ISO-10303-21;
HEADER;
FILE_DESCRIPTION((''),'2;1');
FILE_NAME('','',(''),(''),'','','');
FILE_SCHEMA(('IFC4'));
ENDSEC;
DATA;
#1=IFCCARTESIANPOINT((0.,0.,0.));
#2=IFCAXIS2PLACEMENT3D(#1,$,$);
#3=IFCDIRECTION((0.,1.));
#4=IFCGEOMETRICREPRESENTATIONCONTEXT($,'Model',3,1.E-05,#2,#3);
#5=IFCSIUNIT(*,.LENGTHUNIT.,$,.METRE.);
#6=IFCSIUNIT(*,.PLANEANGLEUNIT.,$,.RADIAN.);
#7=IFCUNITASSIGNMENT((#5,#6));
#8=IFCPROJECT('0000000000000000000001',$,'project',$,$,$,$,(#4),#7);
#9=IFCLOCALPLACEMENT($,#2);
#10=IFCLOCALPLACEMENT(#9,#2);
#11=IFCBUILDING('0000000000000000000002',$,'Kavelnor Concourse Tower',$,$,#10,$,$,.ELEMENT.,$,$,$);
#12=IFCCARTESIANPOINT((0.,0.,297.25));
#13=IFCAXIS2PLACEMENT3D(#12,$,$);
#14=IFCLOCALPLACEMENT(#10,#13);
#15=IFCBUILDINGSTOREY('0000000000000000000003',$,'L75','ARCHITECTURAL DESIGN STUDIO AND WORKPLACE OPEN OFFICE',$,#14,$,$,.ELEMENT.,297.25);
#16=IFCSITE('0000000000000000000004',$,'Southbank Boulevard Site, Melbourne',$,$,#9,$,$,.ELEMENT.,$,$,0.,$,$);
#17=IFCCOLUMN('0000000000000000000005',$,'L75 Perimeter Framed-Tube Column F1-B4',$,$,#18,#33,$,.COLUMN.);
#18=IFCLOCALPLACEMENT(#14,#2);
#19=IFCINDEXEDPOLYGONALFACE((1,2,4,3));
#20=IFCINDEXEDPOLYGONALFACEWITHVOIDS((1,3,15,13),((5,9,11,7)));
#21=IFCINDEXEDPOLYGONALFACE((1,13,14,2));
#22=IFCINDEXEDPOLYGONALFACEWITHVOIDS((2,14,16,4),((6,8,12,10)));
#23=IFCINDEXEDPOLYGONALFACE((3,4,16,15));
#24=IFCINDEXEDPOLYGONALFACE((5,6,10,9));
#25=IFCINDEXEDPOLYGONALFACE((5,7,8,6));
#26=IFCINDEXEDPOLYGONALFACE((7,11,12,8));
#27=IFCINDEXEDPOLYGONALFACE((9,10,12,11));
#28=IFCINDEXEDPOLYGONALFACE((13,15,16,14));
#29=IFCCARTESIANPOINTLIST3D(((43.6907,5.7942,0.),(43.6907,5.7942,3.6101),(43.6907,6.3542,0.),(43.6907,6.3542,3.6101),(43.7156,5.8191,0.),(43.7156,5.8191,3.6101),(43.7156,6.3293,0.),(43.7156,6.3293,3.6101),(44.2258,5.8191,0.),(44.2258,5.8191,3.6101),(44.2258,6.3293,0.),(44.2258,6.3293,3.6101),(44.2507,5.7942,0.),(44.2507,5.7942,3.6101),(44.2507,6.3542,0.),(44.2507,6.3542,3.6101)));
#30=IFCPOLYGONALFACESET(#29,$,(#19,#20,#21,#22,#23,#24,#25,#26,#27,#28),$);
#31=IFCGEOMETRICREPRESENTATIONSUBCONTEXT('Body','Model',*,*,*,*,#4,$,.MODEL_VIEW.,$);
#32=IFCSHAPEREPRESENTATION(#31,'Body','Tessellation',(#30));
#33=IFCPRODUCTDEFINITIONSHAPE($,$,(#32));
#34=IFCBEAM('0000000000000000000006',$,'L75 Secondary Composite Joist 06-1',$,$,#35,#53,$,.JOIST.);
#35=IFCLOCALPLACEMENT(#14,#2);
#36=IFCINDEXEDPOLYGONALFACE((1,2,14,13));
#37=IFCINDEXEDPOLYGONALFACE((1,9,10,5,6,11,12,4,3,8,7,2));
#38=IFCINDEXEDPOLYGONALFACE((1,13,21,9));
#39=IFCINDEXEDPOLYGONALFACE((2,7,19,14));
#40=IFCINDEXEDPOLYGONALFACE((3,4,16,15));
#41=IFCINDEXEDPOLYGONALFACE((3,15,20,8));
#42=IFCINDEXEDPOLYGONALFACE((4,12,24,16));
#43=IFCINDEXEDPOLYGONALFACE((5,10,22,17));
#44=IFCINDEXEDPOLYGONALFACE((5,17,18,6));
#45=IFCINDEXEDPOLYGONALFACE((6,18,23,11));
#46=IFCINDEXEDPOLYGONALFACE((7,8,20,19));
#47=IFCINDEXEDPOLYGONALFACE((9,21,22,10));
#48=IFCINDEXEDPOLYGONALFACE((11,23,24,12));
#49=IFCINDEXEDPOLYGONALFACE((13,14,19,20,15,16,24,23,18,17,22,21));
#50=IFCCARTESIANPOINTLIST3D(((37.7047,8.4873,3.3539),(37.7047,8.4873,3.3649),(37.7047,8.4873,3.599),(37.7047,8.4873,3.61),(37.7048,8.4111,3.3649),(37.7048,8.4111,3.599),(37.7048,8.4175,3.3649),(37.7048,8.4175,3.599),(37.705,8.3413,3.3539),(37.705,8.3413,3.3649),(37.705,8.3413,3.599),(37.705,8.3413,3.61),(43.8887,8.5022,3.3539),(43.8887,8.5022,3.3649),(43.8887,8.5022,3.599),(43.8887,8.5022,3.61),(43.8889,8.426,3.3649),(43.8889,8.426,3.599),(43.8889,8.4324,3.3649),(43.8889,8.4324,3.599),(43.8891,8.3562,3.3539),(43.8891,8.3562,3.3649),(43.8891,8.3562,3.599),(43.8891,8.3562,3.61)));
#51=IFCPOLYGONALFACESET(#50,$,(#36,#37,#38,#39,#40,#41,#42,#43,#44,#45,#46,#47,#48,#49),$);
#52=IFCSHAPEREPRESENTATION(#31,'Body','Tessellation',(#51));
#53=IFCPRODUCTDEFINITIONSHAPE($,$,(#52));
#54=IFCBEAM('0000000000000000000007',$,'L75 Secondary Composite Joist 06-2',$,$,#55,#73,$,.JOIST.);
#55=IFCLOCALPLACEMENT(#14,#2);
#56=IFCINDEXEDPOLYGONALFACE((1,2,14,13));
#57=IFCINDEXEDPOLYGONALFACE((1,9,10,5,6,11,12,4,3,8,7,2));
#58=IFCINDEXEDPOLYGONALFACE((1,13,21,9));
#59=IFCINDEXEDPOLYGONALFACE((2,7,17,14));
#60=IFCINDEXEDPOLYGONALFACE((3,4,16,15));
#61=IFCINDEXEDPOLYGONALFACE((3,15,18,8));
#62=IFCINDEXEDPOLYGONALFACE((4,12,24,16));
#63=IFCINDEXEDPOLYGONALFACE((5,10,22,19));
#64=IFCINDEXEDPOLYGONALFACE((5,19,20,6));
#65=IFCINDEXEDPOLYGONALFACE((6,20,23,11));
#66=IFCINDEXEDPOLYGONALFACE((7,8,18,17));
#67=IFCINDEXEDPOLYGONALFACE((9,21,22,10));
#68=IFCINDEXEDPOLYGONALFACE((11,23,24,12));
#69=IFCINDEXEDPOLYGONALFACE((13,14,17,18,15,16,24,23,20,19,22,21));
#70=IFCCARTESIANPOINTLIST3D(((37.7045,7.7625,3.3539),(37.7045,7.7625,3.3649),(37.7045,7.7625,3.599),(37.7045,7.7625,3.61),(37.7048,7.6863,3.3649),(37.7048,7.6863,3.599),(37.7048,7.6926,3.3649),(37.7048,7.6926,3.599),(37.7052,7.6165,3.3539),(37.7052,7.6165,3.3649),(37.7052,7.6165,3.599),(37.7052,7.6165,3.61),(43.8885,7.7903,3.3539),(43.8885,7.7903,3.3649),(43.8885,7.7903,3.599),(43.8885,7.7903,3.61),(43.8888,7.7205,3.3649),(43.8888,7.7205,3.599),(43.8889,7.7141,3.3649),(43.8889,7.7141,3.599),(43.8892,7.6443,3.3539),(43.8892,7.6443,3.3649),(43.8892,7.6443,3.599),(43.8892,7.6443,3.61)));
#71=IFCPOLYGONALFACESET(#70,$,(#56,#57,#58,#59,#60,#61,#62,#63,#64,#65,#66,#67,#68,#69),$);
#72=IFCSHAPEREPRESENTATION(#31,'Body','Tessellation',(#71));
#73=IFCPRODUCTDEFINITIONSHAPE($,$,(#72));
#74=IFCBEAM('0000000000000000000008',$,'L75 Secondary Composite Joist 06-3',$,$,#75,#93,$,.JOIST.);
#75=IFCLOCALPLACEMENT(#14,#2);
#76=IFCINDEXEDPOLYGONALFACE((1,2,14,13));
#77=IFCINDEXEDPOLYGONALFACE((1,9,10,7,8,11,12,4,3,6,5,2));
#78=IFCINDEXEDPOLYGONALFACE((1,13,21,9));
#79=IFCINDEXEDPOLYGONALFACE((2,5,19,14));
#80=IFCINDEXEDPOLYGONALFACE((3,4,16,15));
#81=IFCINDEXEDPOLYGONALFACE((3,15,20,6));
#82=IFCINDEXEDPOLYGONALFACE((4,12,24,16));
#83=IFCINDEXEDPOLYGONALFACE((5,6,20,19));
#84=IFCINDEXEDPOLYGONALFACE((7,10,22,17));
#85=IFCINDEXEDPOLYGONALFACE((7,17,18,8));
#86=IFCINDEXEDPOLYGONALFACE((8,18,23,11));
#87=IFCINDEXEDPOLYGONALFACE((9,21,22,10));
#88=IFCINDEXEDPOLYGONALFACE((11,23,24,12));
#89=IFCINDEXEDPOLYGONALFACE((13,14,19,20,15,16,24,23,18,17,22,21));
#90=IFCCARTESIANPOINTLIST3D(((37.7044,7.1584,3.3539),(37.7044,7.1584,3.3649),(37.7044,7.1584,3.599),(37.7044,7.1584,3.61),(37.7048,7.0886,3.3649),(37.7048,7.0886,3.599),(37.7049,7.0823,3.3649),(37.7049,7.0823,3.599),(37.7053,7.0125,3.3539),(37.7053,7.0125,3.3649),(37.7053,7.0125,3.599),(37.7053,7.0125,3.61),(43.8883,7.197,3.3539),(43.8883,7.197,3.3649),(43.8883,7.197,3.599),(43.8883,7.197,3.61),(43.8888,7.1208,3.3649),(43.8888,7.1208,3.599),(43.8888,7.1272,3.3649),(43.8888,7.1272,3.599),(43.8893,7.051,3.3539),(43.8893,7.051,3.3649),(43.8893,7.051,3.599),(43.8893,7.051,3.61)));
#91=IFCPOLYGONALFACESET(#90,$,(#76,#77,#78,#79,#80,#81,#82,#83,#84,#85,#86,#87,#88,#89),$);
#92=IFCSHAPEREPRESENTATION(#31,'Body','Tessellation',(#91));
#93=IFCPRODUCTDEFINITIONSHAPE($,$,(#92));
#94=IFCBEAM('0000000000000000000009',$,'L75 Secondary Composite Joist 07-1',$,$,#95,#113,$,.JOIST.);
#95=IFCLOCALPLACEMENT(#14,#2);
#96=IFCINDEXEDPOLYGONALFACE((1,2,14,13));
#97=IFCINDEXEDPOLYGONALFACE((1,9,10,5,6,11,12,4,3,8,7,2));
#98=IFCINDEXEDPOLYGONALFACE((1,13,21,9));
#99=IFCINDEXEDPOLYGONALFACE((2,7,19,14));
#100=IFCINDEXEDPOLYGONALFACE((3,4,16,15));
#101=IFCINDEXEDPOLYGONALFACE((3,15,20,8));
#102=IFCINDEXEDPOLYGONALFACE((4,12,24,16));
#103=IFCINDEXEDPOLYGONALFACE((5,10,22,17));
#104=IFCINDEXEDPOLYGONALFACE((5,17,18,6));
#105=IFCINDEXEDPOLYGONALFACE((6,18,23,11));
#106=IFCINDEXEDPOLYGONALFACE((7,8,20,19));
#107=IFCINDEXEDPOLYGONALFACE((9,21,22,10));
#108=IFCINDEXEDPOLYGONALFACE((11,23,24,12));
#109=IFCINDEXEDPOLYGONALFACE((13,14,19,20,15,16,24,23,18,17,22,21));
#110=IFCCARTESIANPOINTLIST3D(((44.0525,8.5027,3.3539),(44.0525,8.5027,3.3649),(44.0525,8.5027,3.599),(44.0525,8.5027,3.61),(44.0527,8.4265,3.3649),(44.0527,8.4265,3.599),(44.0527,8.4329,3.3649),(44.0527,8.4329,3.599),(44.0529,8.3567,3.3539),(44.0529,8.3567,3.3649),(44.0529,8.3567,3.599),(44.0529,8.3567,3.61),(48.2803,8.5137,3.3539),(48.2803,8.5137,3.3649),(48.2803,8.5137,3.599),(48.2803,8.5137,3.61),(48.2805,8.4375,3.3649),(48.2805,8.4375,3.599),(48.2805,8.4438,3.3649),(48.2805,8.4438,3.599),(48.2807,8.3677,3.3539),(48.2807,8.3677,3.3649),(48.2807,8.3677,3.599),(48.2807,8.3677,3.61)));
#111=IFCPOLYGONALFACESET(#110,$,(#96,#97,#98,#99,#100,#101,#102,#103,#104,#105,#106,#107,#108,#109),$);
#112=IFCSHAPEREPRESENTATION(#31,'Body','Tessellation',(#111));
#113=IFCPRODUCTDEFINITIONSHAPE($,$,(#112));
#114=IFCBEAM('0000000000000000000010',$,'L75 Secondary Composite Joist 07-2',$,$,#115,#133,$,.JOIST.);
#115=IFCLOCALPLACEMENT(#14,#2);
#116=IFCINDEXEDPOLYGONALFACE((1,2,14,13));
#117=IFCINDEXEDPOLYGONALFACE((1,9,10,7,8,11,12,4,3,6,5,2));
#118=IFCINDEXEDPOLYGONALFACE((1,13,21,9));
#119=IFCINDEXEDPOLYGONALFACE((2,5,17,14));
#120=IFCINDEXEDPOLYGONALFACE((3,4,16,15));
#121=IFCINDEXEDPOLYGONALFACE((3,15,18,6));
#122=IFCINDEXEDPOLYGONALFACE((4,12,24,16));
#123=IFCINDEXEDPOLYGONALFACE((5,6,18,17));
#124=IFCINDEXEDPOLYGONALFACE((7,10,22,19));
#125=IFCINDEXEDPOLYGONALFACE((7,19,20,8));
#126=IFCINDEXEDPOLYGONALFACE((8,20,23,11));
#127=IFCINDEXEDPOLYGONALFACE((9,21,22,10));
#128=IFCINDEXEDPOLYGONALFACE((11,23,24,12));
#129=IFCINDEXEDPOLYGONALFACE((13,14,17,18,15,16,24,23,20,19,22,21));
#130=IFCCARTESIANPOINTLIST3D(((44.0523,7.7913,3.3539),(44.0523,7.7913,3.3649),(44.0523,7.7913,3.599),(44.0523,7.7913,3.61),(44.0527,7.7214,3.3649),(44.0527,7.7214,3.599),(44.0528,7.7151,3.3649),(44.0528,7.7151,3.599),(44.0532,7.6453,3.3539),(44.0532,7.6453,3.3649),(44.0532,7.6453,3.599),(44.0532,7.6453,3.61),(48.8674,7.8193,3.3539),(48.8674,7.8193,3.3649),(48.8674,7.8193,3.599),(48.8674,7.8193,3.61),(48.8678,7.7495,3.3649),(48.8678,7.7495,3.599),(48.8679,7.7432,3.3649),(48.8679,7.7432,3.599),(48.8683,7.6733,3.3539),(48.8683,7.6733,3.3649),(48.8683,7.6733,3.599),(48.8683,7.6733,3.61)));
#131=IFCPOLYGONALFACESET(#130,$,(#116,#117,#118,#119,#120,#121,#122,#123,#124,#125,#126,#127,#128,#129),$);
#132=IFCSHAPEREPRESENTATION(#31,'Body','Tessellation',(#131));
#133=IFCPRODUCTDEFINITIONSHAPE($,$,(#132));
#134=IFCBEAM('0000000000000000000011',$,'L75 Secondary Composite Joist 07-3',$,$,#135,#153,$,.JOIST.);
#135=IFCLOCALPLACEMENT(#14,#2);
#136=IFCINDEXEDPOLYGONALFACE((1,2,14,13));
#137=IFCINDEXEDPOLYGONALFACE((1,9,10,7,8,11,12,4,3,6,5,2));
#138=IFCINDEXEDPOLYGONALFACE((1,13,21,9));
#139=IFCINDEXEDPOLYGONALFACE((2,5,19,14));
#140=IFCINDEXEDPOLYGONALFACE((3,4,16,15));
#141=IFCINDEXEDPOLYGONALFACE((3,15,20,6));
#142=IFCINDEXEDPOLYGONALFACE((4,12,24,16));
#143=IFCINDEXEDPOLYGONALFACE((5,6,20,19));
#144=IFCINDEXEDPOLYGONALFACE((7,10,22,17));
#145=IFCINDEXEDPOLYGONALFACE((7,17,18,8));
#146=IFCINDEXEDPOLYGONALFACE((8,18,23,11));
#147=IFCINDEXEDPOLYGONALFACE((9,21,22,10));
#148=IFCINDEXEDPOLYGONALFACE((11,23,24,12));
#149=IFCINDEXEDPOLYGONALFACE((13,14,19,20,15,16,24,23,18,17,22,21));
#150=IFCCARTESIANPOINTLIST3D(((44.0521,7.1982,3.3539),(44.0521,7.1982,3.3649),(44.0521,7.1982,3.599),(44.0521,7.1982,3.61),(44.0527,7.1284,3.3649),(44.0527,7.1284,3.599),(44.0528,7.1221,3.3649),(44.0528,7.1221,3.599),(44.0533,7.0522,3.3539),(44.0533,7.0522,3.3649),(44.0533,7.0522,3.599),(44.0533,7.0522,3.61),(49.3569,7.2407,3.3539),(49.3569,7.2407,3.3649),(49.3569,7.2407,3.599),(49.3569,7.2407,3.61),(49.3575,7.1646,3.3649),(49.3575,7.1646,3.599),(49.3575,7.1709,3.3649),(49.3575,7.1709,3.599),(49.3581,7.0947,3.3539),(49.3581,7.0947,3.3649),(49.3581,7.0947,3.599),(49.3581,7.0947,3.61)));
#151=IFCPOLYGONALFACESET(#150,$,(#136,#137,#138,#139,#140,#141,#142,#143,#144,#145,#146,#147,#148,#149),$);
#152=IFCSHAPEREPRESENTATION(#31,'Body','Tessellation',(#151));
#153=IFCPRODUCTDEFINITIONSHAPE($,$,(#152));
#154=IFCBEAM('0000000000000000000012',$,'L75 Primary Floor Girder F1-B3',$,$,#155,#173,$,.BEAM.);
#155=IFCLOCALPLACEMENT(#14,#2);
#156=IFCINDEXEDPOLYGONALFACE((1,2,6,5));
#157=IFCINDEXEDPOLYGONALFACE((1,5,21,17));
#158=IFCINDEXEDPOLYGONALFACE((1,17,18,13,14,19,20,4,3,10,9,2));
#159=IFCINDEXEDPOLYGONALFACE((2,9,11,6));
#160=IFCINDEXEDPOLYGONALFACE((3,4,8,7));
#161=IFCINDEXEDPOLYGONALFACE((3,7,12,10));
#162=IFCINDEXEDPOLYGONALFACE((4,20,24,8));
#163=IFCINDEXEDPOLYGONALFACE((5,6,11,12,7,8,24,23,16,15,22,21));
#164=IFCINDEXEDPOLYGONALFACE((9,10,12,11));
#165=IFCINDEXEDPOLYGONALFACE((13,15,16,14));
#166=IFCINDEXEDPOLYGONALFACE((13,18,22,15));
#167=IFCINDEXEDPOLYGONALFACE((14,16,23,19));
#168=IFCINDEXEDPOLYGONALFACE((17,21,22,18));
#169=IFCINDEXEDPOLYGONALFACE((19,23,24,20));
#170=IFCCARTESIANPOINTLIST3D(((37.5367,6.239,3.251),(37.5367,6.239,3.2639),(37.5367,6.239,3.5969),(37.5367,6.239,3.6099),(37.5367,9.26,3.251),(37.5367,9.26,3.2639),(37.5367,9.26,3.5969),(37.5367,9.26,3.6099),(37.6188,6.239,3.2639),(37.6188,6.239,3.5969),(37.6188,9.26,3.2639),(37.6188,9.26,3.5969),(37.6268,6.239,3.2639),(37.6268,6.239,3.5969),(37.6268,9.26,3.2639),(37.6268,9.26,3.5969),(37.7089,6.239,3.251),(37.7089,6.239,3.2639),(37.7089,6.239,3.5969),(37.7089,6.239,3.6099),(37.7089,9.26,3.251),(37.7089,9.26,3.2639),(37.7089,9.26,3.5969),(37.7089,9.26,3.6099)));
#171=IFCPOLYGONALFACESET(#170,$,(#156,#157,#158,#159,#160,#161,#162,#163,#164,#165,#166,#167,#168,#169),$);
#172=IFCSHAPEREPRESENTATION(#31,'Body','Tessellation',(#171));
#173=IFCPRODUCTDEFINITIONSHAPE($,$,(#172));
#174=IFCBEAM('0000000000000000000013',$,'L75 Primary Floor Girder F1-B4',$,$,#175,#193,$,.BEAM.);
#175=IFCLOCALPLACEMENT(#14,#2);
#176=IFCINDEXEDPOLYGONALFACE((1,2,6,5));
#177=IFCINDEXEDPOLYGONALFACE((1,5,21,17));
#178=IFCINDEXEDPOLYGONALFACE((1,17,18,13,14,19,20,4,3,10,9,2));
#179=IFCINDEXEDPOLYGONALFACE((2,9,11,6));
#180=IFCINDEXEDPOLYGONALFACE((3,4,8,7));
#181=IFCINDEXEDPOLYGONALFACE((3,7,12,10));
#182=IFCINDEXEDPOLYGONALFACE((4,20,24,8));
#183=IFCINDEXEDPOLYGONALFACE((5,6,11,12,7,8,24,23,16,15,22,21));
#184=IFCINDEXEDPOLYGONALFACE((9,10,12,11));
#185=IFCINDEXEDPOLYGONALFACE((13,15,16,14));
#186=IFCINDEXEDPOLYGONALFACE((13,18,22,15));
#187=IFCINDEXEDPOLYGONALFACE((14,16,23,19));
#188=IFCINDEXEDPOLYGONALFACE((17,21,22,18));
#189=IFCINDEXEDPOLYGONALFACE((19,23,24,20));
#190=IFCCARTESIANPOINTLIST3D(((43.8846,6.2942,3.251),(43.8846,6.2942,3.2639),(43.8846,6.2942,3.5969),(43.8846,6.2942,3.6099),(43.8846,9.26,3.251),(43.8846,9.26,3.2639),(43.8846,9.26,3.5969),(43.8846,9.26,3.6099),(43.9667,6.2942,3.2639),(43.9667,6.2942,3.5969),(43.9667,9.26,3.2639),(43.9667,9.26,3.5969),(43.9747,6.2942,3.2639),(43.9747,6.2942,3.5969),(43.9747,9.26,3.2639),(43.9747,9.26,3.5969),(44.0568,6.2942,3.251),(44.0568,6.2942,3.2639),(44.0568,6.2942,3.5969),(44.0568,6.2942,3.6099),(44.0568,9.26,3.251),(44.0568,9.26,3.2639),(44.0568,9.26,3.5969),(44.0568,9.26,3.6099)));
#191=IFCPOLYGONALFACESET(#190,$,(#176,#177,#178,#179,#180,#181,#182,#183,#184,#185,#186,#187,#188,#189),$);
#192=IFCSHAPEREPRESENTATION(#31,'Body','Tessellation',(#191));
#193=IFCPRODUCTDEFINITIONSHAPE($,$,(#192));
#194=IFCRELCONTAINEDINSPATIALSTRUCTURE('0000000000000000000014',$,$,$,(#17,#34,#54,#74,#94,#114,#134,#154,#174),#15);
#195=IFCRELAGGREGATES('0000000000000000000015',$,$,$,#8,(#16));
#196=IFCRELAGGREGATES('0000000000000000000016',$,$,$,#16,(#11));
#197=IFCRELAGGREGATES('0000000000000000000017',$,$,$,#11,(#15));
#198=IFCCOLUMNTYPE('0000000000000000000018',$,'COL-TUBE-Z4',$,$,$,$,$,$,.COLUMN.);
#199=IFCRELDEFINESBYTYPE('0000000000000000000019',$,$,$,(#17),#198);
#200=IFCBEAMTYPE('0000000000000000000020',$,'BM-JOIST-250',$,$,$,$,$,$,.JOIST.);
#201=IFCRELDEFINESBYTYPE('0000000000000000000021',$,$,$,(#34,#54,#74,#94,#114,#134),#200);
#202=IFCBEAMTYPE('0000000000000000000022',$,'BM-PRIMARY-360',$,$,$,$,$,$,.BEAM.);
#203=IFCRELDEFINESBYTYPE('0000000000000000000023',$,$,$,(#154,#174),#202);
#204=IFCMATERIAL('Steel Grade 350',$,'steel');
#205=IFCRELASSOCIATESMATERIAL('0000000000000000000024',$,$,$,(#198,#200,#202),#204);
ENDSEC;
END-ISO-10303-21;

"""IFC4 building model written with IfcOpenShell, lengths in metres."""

from ifc_helpers import new_model, si_unit, direction, frame, origin, origin_2d, place, context, subcontext, project, spatial, hollow_rectangle, i_section, extrude, material, material_profile, profile_set, type_object, element, save


model = new_model("IFC4")

# Units and contexts
model_context = context("Model", 3, precision=1e-05, world=origin(), true_north=direction((0.0, 1.0)))
body_context = subcontext(model_context, "Body", "Model", "MODEL_VIEW")
ifc_project = project(units=[si_unit("LENGTHUNIT", "METRE"), si_unit("PLANEANGLEUNIT", "RADIAN")], contexts=[model_context])

# Site, building, storey
site_placement = place(None, origin())
site = spatial("IfcSite", under=ifc_project, at=site_placement, Name="Southbank Boulevard Site, Melbourne", CompositionType="ELEMENT", RefElevation=0.0)
building_placement = place(site_placement, origin())
building = spatial("IfcBuilding", under=site, at=building_placement, Name="Kavelnor Concourse Tower", CompositionType="ELEMENT")
storey_placement = place(building_placement, frame((0.0, 0.0, 297.25)))
storey = spatial("IfcBuildingStorey", under=building, at=storey_placement, Name="L75", Description="ARCHITECTURAL DESIGN STUDIO AND WORKPLACE OPEN OFFICE", CompositionType="ELEMENT", Elevation=297.25)

# Column
ifc_material_1 = material(Name="Steel Grade 350", Category="steel")
ifc_material_profile_1 = material_profile(ifc_material_1, hollow_rectangle(XDim=0.5601, YDim=0.5601, WallThickness=0.0249, at=origin_2d()), Name="SHS 560x560x25")
ifc_profile_set_1 = profile_set([ifc_material_profile_1], Name="Steel Grade 350")
column_type = type_object("IfcColumnType", Name="COL-TUBE-Z4", PredefinedType="COLUMN", material=ifc_profile_set_1)
column_placement = place(storey_placement, frame((43.9707, 6.0742, 0.0), z_axis=(0.0, 0.0, 1.0), x_axis=(1.0, 0.0, 0.0)))
element("IfcColumn", 1, at=column_placement, inside=storey, type_object=column_type, Name="L75 Perimeter Framed-Tube Column F1-B4", PredefinedType="COLUMN", context=body_context, shape_type="SweptSolid", body=[
    extrude(hollow_rectangle(XDim=0.5601, YDim=0.5601, WallThickness=0.0249, at=origin_2d()), origin(), (0.0, 0.0, 1.0), 3.6101),
])

# Beams
ifc_material_profile_2 = material_profile(ifc_material_1, i_section(OverallWidth=0.146, OverallDepth=0.2561, WebThickness=0.0063, FlangeThickness=0.011, at=origin_2d()), Name="250UB37")
ifc_profile_set_2 = profile_set([ifc_material_profile_2], Name="Steel Grade 350")
beam_type_1 = type_object("IfcBeamType", Name="BM-JOIST-250", PredefinedType="JOIST", material=ifc_profile_set_2)
for number, where, z_axis, x_axis, name in (
    (2, (37.7048, 8.4143, 3.4819), (0.999997, 0.002408, 0.0), (-0.002408, 0.999997, 0.0), "L75 Secondary Composite Joist 06-1"),
    (3, (37.7048, 7.6895, 3.4819), (0.99999, 0.004501, 0.0), (-0.004501, 0.99999, 0.0), "L75 Secondary Composite Joist 06-2"),
    (4, (37.7048, 7.0854, 3.4819), (0.999981, 0.006238, 0.0), (-0.006238, 0.999981, 0.0), "L75 Secondary Composite Joist 06-3"),
):
    element("IfcBeam", number, at=place(storey_placement, frame(where, z_axis=z_axis, x_axis=x_axis)), inside=storey, type_object=beam_type_1, Name=name, PredefinedType="JOIST", context=body_context, shape_type="SweptSolid", body=[
        extrude(i_section(OverallWidth=0.146, OverallDepth=0.2561, WebThickness=0.0063, FlangeThickness=0.011, at=origin_2d()), origin(), (0.0, 0.0, 1.0), 6.1841),
    ])
beam_1_placement = place(storey_placement, frame((44.0527, 8.4297, 3.4819), z_axis=(0.999997, 0.002599, 0.0), x_axis=(-0.002599, 0.999997, 0.0)))
element("IfcBeam", 5, at=beam_1_placement, inside=storey, type_object=beam_type_1, Name="L75 Secondary Composite Joist 07-1", PredefinedType="JOIST", context=body_context, shape_type="SweptSolid", body=[
    extrude(i_section(OverallWidth=0.146, OverallDepth=0.2561, WebThickness=0.0063, FlangeThickness=0.011, at=origin_2d()), origin(), (0.0, 0.0, 1.0), 4.2278),
])
beam_2_placement = place(storey_placement, frame((44.0527, 7.7183, 3.4819), z_axis=(0.999983, 0.005831, 0.0), x_axis=(-0.005831, 0.999983, 0.0)))
element("IfcBeam", 6, at=beam_2_placement, inside=storey, type_object=beam_type_1, Name="L75 Secondary Composite Joist 07-2", PredefinedType="JOIST", context=body_context, shape_type="SweptSolid", body=[
    extrude(i_section(OverallWidth=0.146, OverallDepth=0.2561, WebThickness=0.0063, FlangeThickness=0.011, at=origin_2d()), origin(), (0.0, 0.0, 1.0), 4.8152),
])
beam_3_placement = place(storey_placement, frame((44.0527, 7.1252, 3.4819), z_axis=(0.999968, 0.008008, 0.0), x_axis=(-0.008008, 0.999968, 0.0)))
element("IfcBeam", 7, at=beam_3_placement, inside=storey, type_object=beam_type_1, Name="L75 Secondary Composite Joist 07-3", PredefinedType="JOIST", context=body_context, shape_type="SweptSolid", body=[
    extrude(i_section(OverallWidth=0.146, OverallDepth=0.2561, WebThickness=0.0063, FlangeThickness=0.011, at=origin_2d()), origin(), (0.0, 0.0, 1.0), 5.3049),
])
ifc_material_profile_3 = material_profile(ifc_material_1, i_section(OverallWidth=0.1721, OverallDepth=0.3589, WebThickness=0.0081, FlangeThickness=0.0129, at=origin_2d()), Name="360UB56")
ifc_profile_set_3 = profile_set([ifc_material_profile_3], Name="Steel Grade 350")
beam_type_2 = type_object("IfcBeamType", Name="BM-PRIMARY-360", PredefinedType="BEAM", material=ifc_profile_set_3)
beam_4_placement = place(storey_placement, frame((37.6228, 9.26, 3.4304), z_axis=(0.0, -1.0, 0.0), x_axis=(1.0, 0.0, 0.0)))
element("IfcBeam", 8, at=beam_4_placement, inside=storey, type_object=beam_type_2, Name="L75 Primary Floor Girder F1-B3", PredefinedType="BEAM", context=body_context, shape_type="SweptSolid", body=[
    extrude(i_section(OverallWidth=0.1721, OverallDepth=0.3589, WebThickness=0.0081, FlangeThickness=0.0129, at=origin_2d()), origin(), (0.0, 0.0, 1.0), 3.021),
])
beam_5_placement = place(storey_placement, frame((43.9707, 9.26, 3.4304), z_axis=(0.0, -1.0, 0.0), x_axis=(1.0, 0.0, 0.0)))
element("IfcBeam", 9, at=beam_5_placement, inside=storey, type_object=beam_type_2, Name="L75 Primary Floor Girder F1-B4", PredefinedType="BEAM", context=body_context, shape_type="SweptSolid", body=[
    extrude(i_section(OverallWidth=0.1721, OverallDepth=0.3589, WebThickness=0.0081, FlangeThickness=0.0129, at=origin_2d()), origin(), (0.0, 0.0, 1.0), 2.9658),
])

save(model, "model.ifc")
